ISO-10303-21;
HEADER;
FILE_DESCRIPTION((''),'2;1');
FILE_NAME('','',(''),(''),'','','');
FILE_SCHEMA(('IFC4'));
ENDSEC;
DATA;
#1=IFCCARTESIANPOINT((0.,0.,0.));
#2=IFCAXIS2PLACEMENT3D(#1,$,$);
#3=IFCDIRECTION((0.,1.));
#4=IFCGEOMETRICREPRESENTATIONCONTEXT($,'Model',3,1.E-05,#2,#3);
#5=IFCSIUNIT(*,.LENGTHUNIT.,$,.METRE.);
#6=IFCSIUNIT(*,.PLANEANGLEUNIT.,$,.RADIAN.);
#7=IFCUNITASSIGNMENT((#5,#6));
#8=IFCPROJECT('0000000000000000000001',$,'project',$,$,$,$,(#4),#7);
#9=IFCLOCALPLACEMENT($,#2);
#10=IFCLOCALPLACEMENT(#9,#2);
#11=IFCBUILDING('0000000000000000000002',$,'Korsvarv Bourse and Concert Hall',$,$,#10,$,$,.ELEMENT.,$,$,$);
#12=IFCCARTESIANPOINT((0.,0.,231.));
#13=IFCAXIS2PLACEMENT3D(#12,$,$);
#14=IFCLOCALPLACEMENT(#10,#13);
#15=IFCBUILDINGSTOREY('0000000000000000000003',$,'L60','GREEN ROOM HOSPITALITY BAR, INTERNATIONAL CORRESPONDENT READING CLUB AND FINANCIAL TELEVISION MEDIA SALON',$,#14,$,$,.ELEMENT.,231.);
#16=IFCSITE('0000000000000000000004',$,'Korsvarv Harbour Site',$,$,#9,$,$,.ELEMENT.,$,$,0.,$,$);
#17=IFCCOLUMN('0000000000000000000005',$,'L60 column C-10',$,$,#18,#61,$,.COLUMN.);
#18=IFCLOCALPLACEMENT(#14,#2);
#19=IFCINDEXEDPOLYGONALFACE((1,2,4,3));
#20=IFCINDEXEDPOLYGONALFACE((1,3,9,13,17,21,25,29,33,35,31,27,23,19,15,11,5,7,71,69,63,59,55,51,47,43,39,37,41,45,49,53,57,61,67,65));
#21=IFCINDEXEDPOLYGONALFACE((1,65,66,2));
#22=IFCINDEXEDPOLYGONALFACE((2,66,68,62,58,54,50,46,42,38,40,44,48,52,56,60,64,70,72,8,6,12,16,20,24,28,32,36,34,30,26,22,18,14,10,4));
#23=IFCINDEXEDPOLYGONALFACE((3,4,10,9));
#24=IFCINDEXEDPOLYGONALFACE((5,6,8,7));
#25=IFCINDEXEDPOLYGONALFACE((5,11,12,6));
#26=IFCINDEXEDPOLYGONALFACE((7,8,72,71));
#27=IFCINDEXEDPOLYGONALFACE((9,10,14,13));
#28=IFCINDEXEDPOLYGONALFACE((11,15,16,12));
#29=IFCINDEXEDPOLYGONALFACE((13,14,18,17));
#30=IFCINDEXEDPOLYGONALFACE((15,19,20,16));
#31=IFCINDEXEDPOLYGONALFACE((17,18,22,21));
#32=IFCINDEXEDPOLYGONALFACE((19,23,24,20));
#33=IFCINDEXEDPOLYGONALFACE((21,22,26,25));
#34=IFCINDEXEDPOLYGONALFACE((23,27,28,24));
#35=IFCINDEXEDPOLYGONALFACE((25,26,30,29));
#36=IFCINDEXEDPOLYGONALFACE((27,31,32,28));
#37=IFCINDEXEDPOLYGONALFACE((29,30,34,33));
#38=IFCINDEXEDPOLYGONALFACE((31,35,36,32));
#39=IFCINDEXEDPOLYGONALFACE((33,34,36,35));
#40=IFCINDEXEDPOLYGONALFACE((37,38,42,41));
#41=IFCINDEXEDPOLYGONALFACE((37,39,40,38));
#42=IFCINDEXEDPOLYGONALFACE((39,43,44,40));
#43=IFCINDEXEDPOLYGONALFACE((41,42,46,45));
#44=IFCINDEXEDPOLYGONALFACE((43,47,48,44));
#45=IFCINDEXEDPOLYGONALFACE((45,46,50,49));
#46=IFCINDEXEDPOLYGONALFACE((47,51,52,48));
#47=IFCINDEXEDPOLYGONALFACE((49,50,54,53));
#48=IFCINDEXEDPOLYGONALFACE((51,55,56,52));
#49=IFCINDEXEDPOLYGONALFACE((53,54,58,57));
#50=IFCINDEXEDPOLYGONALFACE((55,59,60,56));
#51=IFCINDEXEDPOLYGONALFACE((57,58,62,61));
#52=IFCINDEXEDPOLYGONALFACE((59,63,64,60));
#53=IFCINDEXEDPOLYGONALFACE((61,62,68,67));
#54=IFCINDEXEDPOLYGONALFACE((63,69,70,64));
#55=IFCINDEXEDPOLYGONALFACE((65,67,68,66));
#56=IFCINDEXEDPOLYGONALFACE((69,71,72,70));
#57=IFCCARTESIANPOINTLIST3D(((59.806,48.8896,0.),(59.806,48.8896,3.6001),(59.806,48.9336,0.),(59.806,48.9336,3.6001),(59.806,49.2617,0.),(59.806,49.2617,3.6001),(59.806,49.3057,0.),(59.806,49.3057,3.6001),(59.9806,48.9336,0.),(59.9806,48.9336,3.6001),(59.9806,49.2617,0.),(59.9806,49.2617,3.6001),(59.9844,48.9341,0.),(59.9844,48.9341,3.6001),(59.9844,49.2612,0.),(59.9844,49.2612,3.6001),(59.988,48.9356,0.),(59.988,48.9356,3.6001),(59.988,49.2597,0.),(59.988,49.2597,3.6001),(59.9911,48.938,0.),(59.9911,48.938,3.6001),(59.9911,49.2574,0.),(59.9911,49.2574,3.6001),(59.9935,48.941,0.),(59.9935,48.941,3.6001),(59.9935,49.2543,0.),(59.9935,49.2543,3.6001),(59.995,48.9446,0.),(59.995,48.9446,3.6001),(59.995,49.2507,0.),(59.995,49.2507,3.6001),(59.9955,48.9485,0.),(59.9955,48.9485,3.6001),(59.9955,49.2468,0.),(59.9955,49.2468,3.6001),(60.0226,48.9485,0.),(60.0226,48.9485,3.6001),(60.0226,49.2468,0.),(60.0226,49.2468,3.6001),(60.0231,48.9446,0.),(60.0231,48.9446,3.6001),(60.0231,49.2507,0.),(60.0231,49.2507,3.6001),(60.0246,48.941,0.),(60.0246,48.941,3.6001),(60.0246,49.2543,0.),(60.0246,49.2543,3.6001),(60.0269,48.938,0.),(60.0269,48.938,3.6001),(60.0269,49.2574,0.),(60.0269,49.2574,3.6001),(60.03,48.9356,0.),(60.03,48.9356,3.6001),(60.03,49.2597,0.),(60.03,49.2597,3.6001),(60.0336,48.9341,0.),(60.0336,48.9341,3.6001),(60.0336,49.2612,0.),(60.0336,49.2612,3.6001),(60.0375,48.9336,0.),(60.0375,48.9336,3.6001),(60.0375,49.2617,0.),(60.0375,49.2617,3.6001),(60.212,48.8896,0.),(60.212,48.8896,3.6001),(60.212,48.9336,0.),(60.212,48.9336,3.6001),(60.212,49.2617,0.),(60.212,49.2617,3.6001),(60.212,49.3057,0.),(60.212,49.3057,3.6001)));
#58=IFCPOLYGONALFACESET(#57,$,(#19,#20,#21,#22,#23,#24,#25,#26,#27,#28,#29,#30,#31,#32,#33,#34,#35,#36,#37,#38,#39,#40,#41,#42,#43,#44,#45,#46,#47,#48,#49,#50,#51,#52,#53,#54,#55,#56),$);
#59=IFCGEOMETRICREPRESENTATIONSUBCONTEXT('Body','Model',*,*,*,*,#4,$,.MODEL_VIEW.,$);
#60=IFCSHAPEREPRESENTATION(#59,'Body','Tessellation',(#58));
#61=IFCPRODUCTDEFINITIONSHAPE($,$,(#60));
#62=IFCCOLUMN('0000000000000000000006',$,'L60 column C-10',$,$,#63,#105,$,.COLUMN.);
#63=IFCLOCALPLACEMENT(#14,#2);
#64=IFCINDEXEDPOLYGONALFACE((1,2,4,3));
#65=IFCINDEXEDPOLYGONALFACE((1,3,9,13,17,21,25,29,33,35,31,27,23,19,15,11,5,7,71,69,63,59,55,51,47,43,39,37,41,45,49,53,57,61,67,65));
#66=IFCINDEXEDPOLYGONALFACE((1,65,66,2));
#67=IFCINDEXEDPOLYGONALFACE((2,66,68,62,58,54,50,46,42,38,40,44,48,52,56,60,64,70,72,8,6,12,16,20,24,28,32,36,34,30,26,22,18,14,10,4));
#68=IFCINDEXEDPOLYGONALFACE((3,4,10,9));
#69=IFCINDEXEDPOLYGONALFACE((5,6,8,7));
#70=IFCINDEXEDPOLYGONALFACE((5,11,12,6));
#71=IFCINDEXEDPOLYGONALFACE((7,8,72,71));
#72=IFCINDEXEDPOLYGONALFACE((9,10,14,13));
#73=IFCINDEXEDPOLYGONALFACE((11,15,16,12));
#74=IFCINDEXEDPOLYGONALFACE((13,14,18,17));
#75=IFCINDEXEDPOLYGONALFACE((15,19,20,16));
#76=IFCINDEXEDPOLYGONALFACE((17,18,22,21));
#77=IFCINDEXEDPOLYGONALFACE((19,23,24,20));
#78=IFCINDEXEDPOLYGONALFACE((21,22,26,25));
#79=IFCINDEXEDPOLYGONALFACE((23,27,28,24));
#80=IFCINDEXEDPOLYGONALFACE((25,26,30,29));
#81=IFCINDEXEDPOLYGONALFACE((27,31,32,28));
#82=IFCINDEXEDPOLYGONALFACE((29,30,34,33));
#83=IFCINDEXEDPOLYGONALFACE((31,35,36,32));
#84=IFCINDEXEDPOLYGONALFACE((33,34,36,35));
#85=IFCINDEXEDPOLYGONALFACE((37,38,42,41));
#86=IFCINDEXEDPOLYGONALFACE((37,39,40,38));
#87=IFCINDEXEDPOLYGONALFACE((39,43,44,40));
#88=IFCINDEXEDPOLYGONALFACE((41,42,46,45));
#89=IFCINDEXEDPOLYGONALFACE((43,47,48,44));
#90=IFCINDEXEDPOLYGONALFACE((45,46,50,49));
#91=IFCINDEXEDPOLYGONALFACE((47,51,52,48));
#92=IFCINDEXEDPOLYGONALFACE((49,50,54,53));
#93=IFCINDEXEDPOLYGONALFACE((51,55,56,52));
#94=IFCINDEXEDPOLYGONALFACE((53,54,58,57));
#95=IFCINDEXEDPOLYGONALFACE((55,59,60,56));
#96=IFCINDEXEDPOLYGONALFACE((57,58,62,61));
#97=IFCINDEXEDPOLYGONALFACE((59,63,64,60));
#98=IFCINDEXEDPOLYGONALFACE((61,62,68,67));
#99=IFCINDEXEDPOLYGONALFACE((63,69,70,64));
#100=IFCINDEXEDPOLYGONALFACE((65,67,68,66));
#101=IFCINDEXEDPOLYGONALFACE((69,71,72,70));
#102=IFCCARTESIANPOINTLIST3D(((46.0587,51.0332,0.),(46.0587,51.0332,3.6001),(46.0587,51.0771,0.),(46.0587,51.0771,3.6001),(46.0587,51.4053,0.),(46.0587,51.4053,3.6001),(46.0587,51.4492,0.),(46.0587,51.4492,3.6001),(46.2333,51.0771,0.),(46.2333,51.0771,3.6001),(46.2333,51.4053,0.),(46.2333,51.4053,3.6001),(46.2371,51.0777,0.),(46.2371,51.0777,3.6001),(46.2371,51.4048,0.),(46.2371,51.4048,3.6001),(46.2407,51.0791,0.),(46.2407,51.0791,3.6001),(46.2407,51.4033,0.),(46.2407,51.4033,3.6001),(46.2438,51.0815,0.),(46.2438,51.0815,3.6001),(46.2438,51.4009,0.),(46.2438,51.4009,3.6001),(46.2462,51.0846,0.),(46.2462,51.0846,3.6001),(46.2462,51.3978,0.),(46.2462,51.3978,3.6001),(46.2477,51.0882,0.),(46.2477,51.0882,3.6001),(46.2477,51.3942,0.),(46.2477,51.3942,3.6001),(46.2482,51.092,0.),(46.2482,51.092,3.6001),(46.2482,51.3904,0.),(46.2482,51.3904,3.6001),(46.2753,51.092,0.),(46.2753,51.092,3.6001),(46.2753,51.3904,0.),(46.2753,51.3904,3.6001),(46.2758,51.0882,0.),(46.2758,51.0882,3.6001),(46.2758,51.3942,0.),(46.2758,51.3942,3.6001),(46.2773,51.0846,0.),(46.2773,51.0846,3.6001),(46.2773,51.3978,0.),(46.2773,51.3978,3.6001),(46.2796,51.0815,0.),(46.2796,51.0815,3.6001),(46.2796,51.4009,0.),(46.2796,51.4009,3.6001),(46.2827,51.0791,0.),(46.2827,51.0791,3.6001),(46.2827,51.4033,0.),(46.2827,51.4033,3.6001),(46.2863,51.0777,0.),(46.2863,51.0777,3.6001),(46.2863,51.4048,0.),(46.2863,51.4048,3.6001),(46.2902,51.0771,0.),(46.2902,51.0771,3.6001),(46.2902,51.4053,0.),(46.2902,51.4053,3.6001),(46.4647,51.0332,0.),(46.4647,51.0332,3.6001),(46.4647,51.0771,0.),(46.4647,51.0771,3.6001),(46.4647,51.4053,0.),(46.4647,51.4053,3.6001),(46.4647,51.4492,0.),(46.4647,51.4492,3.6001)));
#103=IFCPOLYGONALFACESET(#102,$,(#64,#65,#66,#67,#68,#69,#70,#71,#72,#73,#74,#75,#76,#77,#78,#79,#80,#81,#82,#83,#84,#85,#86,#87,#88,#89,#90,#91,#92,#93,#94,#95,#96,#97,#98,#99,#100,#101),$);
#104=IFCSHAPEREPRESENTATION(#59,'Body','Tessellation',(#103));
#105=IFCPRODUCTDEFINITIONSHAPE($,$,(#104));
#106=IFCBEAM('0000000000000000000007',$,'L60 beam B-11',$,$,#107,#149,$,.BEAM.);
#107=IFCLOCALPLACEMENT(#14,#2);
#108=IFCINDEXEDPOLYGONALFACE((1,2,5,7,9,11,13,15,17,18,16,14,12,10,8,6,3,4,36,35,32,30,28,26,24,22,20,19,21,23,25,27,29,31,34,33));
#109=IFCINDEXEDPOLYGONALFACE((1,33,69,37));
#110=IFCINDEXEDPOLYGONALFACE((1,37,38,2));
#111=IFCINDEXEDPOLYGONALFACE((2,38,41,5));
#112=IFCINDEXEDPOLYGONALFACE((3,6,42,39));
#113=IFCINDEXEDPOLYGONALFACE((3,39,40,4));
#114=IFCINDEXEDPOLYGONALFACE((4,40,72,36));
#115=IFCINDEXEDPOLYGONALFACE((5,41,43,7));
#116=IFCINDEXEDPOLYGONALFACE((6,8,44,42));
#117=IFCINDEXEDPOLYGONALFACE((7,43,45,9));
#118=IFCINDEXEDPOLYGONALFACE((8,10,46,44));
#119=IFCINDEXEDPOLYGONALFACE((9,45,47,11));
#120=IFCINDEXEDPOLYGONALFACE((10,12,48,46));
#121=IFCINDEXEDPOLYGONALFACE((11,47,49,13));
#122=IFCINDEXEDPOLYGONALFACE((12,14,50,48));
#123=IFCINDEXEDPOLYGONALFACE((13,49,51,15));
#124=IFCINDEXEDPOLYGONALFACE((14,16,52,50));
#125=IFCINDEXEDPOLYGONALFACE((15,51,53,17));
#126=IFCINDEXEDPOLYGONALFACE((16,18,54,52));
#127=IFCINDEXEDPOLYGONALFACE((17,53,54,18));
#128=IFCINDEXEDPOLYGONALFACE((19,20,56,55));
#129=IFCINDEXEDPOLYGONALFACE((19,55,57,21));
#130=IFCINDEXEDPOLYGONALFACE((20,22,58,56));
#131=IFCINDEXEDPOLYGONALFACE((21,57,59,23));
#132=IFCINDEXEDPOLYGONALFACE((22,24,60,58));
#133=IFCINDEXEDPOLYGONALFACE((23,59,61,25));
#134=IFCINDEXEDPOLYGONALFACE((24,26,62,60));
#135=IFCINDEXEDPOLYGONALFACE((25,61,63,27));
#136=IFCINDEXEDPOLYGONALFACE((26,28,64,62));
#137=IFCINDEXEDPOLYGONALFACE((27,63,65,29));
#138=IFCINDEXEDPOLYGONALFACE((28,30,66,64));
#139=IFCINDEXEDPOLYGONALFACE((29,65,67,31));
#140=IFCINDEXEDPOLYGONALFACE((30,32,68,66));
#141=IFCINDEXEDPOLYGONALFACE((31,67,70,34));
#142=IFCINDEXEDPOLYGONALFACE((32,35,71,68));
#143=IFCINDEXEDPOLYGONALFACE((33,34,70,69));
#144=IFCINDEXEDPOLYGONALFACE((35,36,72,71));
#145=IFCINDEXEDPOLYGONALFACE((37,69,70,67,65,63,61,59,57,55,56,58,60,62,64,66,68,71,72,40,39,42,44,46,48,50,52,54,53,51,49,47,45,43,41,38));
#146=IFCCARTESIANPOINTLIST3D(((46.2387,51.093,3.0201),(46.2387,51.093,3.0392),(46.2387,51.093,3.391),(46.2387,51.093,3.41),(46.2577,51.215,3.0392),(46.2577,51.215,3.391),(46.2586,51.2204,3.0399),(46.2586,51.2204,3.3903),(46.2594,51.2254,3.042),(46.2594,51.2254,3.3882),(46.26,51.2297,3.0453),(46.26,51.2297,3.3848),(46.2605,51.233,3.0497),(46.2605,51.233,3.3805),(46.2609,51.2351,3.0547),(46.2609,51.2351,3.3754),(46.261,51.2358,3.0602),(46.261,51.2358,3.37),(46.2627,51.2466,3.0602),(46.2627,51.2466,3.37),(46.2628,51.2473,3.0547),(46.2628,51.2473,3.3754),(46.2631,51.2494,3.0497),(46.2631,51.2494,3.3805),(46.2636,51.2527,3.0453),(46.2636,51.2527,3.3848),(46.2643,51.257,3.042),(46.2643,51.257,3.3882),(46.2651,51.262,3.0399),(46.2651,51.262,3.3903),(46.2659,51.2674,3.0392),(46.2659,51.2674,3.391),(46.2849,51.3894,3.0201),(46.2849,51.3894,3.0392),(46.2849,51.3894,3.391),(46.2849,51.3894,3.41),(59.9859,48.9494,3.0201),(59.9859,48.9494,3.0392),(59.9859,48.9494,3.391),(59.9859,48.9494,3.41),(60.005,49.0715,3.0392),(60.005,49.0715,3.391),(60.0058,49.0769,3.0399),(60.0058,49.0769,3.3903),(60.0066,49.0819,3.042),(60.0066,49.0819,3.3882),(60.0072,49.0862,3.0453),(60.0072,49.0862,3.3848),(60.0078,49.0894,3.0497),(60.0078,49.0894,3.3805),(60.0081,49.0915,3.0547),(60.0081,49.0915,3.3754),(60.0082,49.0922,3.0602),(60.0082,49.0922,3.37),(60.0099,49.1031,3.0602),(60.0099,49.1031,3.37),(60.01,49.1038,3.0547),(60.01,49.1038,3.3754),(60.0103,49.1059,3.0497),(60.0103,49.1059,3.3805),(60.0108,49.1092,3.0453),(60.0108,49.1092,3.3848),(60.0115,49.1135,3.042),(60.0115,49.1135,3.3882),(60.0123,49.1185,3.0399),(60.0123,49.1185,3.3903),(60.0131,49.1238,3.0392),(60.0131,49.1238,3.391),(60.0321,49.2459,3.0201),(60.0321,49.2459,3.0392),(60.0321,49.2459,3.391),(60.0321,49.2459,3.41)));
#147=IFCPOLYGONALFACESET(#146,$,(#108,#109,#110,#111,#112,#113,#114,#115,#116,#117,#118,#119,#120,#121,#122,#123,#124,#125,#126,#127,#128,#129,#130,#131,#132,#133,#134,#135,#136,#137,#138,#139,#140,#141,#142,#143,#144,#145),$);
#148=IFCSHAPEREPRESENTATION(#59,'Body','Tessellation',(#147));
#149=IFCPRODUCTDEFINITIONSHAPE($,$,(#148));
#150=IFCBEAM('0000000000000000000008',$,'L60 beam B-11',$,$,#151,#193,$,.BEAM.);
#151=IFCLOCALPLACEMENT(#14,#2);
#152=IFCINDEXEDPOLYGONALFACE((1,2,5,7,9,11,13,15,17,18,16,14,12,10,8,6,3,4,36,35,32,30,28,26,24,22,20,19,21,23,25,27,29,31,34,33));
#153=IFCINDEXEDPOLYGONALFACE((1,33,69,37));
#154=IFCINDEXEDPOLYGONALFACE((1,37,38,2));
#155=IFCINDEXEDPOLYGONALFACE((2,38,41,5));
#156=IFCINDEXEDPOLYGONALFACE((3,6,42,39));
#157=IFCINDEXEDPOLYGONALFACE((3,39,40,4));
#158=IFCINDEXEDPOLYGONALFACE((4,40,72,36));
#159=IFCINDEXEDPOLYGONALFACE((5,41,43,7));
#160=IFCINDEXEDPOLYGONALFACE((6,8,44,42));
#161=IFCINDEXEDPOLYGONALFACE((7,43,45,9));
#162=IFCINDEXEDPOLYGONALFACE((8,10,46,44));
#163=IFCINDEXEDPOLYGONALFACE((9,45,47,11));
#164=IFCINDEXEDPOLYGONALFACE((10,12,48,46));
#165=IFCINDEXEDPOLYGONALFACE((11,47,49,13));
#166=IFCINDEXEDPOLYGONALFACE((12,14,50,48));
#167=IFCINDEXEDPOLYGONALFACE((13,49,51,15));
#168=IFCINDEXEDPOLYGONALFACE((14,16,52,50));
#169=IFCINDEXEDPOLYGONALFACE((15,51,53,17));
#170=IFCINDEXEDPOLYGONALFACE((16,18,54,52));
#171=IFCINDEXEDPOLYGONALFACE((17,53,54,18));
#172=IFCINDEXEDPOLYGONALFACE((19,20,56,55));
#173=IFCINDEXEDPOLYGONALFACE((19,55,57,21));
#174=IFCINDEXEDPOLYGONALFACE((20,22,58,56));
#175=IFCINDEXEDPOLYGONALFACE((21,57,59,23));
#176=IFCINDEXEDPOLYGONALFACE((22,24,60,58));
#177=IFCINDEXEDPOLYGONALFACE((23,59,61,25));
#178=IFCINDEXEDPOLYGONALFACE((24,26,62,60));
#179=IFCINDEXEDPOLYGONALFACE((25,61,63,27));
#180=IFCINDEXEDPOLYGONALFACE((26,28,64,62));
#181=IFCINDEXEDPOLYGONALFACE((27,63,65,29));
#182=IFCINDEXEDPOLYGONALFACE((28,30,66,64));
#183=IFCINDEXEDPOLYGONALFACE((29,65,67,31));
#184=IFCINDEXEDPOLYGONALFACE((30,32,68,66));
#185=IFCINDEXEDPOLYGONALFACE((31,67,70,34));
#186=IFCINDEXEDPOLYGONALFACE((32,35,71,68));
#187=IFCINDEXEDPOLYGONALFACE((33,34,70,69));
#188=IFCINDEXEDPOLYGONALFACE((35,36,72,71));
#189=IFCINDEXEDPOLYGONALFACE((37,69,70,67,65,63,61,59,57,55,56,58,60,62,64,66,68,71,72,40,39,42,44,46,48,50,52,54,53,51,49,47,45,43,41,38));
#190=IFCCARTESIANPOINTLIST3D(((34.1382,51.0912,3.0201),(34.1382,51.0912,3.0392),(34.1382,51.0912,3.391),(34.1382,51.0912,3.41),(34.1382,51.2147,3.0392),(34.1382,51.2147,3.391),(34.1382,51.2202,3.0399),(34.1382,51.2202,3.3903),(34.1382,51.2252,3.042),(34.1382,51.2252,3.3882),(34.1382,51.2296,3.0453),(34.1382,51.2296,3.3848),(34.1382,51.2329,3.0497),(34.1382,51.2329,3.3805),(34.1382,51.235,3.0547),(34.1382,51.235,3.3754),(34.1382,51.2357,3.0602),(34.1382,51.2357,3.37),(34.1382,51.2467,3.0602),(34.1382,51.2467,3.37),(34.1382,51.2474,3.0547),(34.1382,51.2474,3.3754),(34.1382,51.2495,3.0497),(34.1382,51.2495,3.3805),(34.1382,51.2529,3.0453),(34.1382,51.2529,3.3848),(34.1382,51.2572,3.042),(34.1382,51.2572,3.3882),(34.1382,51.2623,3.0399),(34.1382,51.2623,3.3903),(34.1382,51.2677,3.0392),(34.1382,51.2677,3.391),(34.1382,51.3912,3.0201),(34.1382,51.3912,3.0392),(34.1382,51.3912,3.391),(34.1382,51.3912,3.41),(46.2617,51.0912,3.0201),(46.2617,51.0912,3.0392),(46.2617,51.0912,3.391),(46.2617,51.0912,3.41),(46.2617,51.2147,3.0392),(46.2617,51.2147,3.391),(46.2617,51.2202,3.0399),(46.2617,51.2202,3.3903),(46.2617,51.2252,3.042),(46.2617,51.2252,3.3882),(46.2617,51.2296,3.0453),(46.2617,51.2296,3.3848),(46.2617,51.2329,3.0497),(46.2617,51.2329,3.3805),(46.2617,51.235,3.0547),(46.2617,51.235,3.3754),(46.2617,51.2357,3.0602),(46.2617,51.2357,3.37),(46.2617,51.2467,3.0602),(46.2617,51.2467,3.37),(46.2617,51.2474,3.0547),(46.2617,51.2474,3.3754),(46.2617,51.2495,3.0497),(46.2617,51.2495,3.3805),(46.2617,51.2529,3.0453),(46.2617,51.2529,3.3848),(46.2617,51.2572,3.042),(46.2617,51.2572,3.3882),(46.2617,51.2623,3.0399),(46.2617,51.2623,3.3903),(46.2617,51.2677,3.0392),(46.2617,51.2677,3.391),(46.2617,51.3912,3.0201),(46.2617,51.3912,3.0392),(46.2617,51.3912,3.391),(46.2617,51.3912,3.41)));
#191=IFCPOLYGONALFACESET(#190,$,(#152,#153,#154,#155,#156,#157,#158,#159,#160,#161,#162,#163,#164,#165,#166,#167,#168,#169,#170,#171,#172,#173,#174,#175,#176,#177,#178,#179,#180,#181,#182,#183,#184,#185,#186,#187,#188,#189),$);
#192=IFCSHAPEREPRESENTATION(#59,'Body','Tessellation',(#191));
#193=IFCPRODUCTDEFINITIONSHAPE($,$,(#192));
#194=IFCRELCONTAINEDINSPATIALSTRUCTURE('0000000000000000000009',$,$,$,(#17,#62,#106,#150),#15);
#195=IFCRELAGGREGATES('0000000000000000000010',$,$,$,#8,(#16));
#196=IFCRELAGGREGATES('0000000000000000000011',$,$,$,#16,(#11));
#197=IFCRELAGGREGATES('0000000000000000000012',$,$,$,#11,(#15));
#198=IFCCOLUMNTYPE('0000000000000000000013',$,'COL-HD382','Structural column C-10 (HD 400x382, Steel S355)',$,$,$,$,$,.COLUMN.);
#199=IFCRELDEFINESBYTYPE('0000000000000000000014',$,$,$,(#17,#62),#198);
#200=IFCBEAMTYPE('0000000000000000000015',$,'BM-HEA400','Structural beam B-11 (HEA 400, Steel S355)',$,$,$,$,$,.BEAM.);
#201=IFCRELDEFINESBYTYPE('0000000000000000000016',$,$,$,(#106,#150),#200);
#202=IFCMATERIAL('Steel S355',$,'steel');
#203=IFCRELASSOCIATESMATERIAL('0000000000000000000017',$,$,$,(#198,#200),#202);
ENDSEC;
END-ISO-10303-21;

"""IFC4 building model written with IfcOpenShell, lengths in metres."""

from ifc_helpers import new_model, si_unit, direction, frame, origin, origin_2d, place, context, subcontext, project, spatial, i_section, extrude, source, transform, mapped, material, material_profile, profile_set, type_object, element, save


model = new_model("IFC4")

# Units and contexts
model_context = context("Model", 3, precision=1e-05, world=origin(), true_north=direction((0.0, 1.0)))
body_context = subcontext(model_context, "Body", "Model", "MODEL_VIEW")
ifc_project = project(units=[si_unit("LENGTHUNIT", "METRE"), si_unit("PLANEANGLEUNIT", "RADIAN")], contexts=[model_context])

# Site, building, storey
site_placement = place(None, origin())
site = spatial("IfcSite", under=ifc_project, at=site_placement, Name="Korsvarv Harbour Site", CompositionType="ELEMENT", RefElevation=0.0)
building_placement = place(site_placement, origin())
building = spatial("IfcBuilding", under=site, at=building_placement, Name="Korsvarv Bourse and Concert Hall", CompositionType="ELEMENT")
storey_placement = place(building_placement, frame((0.0, 0.0, 231.0)))
storey = spatial("IfcBuildingStorey", under=building, at=storey_placement, Name="L60", Description="GREEN ROOM HOSPITALITY BAR, INTERNATIONAL CORRESPONDENT READING CLUB AND FINANCIAL TELEVISION MEDIA SALON", CompositionType="ELEMENT", Elevation=231.0)

# Columns
ifc_material_1 = material(Name="Steel S355", Category="steel")
ifc_material_profile_1 = material_profile(ifc_material_1, i_section(OverallWidth=0.406, OverallDepth=0.416, WebThickness=0.0271, FlangeThickness=0.0439, FilletRadius=0.0149, at=origin_2d()), Name="HD 400x382")
ifc_profile_set_1 = profile_set([ifc_material_profile_1], Name="Steel S355")
column_type = type_object("IfcColumnType", Name="COL-HD382", Description="Structural column C-10 (HD 400x382, Steel S355)", PredefinedType="COLUMN", material=ifc_profile_set_1)
shared_shape_1 = source(origin(), body_context, "Body", "SweptSolid", [
    extrude(i_section(OverallWidth=0.406, OverallDepth=0.416, WebThickness=0.0271, FlangeThickness=0.0439, FilletRadius=0.0149, at=origin_2d()), origin(), (0.0, 0.0, 1.0), 3.6001),
])
for number, where, z_axis, x_axis, name in (
    (1, (60.009, 49.0977, 0.0), (0.0, 0.0, 1.0), (1.0, 0.0, 0.0), "L60 column C-10"),
    (2, (46.2617, 51.2412, 0.0), (0.0, 0.0, 1.0), (1.0, 0.0, 0.0), "L60 column C-10"),
):
    element("IfcColumn", number, at=place(storey_placement, frame(where, z_axis=z_axis, x_axis=x_axis)), inside=storey, type_object=column_type, Name=name, PredefinedType="COLUMN", context=body_context, shape_type="MappedRepresentation", body=[
        mapped(shared_shape_1, transform((0.0, 0.0, 0.0), scale=1.0)),
    ])

# Beams
ifc_material_profile_2 = material_profile(ifc_material_1, i_section(OverallWidth=0.3, OverallDepth=0.3899, WebThickness=0.011, FlangeThickness=0.019, FilletRadius=0.021, at=origin_2d()), Name="HEA 400")
ifc_profile_set_2 = profile_set([ifc_material_profile_2], Name="Steel S355")
beam_type_1 = type_object("IfcBeamType", Name="BM-HEA400", Description="Structural beam B-11 (HEA 400, Steel S355)", PredefinedType="BEAM", material=ifc_profile_set_2)
shared_shape_2 = source(origin(), body_context, "Body", "SweptSolid", [
    extrude(i_section(OverallWidth=0.3, OverallDepth=0.3899, WebThickness=0.011, FlangeThickness=0.019, FilletRadius=0.021, at=origin_2d()), origin(), (0.0, 0.0, 1.0), 13.9133),
])
beam_1_placement = place(storey_placement, frame((60.009, 49.0977, 3.2151), z_axis=(-0.988061, 0.154064, 0.0), x_axis=(-0.154064, -0.988061, 0.0)))
element("IfcBeam", 3, at=beam_1_placement, inside=storey, type_object=beam_type_1, Name="L60 beam B-11", PredefinedType="BEAM", context=body_context, shape_type="MappedRepresentation", body=[
    mapped(shared_shape_2, transform((0.0, 0.0, 0.0), scale=1.0)),
])
shared_shape_3 = source(origin(), body_context, "Body", "SweptSolid", [
    extrude(i_section(OverallWidth=0.3, OverallDepth=0.3899, WebThickness=0.011, FlangeThickness=0.019, FilletRadius=0.021, at=origin_2d()), origin(), (0.0, 0.0, 1.0), 12.1235),
])
beam_2_placement = place(storey_placement, frame((46.2617, 51.2412, 3.2151), z_axis=(-1.0, 0.0, 0.0), x_axis=(0.0, -1.0, 0.0)))
element("IfcBeam", 4, at=beam_2_placement, inside=storey, type_object=beam_type_1, Name="L60 beam B-11", PredefinedType="BEAM", context=body_context, shape_type="MappedRepresentation", body=[
    mapped(shared_shape_3, transform((0.0, 0.0, 0.0), scale=1.0)),
])

save(model, "model.ifc")
